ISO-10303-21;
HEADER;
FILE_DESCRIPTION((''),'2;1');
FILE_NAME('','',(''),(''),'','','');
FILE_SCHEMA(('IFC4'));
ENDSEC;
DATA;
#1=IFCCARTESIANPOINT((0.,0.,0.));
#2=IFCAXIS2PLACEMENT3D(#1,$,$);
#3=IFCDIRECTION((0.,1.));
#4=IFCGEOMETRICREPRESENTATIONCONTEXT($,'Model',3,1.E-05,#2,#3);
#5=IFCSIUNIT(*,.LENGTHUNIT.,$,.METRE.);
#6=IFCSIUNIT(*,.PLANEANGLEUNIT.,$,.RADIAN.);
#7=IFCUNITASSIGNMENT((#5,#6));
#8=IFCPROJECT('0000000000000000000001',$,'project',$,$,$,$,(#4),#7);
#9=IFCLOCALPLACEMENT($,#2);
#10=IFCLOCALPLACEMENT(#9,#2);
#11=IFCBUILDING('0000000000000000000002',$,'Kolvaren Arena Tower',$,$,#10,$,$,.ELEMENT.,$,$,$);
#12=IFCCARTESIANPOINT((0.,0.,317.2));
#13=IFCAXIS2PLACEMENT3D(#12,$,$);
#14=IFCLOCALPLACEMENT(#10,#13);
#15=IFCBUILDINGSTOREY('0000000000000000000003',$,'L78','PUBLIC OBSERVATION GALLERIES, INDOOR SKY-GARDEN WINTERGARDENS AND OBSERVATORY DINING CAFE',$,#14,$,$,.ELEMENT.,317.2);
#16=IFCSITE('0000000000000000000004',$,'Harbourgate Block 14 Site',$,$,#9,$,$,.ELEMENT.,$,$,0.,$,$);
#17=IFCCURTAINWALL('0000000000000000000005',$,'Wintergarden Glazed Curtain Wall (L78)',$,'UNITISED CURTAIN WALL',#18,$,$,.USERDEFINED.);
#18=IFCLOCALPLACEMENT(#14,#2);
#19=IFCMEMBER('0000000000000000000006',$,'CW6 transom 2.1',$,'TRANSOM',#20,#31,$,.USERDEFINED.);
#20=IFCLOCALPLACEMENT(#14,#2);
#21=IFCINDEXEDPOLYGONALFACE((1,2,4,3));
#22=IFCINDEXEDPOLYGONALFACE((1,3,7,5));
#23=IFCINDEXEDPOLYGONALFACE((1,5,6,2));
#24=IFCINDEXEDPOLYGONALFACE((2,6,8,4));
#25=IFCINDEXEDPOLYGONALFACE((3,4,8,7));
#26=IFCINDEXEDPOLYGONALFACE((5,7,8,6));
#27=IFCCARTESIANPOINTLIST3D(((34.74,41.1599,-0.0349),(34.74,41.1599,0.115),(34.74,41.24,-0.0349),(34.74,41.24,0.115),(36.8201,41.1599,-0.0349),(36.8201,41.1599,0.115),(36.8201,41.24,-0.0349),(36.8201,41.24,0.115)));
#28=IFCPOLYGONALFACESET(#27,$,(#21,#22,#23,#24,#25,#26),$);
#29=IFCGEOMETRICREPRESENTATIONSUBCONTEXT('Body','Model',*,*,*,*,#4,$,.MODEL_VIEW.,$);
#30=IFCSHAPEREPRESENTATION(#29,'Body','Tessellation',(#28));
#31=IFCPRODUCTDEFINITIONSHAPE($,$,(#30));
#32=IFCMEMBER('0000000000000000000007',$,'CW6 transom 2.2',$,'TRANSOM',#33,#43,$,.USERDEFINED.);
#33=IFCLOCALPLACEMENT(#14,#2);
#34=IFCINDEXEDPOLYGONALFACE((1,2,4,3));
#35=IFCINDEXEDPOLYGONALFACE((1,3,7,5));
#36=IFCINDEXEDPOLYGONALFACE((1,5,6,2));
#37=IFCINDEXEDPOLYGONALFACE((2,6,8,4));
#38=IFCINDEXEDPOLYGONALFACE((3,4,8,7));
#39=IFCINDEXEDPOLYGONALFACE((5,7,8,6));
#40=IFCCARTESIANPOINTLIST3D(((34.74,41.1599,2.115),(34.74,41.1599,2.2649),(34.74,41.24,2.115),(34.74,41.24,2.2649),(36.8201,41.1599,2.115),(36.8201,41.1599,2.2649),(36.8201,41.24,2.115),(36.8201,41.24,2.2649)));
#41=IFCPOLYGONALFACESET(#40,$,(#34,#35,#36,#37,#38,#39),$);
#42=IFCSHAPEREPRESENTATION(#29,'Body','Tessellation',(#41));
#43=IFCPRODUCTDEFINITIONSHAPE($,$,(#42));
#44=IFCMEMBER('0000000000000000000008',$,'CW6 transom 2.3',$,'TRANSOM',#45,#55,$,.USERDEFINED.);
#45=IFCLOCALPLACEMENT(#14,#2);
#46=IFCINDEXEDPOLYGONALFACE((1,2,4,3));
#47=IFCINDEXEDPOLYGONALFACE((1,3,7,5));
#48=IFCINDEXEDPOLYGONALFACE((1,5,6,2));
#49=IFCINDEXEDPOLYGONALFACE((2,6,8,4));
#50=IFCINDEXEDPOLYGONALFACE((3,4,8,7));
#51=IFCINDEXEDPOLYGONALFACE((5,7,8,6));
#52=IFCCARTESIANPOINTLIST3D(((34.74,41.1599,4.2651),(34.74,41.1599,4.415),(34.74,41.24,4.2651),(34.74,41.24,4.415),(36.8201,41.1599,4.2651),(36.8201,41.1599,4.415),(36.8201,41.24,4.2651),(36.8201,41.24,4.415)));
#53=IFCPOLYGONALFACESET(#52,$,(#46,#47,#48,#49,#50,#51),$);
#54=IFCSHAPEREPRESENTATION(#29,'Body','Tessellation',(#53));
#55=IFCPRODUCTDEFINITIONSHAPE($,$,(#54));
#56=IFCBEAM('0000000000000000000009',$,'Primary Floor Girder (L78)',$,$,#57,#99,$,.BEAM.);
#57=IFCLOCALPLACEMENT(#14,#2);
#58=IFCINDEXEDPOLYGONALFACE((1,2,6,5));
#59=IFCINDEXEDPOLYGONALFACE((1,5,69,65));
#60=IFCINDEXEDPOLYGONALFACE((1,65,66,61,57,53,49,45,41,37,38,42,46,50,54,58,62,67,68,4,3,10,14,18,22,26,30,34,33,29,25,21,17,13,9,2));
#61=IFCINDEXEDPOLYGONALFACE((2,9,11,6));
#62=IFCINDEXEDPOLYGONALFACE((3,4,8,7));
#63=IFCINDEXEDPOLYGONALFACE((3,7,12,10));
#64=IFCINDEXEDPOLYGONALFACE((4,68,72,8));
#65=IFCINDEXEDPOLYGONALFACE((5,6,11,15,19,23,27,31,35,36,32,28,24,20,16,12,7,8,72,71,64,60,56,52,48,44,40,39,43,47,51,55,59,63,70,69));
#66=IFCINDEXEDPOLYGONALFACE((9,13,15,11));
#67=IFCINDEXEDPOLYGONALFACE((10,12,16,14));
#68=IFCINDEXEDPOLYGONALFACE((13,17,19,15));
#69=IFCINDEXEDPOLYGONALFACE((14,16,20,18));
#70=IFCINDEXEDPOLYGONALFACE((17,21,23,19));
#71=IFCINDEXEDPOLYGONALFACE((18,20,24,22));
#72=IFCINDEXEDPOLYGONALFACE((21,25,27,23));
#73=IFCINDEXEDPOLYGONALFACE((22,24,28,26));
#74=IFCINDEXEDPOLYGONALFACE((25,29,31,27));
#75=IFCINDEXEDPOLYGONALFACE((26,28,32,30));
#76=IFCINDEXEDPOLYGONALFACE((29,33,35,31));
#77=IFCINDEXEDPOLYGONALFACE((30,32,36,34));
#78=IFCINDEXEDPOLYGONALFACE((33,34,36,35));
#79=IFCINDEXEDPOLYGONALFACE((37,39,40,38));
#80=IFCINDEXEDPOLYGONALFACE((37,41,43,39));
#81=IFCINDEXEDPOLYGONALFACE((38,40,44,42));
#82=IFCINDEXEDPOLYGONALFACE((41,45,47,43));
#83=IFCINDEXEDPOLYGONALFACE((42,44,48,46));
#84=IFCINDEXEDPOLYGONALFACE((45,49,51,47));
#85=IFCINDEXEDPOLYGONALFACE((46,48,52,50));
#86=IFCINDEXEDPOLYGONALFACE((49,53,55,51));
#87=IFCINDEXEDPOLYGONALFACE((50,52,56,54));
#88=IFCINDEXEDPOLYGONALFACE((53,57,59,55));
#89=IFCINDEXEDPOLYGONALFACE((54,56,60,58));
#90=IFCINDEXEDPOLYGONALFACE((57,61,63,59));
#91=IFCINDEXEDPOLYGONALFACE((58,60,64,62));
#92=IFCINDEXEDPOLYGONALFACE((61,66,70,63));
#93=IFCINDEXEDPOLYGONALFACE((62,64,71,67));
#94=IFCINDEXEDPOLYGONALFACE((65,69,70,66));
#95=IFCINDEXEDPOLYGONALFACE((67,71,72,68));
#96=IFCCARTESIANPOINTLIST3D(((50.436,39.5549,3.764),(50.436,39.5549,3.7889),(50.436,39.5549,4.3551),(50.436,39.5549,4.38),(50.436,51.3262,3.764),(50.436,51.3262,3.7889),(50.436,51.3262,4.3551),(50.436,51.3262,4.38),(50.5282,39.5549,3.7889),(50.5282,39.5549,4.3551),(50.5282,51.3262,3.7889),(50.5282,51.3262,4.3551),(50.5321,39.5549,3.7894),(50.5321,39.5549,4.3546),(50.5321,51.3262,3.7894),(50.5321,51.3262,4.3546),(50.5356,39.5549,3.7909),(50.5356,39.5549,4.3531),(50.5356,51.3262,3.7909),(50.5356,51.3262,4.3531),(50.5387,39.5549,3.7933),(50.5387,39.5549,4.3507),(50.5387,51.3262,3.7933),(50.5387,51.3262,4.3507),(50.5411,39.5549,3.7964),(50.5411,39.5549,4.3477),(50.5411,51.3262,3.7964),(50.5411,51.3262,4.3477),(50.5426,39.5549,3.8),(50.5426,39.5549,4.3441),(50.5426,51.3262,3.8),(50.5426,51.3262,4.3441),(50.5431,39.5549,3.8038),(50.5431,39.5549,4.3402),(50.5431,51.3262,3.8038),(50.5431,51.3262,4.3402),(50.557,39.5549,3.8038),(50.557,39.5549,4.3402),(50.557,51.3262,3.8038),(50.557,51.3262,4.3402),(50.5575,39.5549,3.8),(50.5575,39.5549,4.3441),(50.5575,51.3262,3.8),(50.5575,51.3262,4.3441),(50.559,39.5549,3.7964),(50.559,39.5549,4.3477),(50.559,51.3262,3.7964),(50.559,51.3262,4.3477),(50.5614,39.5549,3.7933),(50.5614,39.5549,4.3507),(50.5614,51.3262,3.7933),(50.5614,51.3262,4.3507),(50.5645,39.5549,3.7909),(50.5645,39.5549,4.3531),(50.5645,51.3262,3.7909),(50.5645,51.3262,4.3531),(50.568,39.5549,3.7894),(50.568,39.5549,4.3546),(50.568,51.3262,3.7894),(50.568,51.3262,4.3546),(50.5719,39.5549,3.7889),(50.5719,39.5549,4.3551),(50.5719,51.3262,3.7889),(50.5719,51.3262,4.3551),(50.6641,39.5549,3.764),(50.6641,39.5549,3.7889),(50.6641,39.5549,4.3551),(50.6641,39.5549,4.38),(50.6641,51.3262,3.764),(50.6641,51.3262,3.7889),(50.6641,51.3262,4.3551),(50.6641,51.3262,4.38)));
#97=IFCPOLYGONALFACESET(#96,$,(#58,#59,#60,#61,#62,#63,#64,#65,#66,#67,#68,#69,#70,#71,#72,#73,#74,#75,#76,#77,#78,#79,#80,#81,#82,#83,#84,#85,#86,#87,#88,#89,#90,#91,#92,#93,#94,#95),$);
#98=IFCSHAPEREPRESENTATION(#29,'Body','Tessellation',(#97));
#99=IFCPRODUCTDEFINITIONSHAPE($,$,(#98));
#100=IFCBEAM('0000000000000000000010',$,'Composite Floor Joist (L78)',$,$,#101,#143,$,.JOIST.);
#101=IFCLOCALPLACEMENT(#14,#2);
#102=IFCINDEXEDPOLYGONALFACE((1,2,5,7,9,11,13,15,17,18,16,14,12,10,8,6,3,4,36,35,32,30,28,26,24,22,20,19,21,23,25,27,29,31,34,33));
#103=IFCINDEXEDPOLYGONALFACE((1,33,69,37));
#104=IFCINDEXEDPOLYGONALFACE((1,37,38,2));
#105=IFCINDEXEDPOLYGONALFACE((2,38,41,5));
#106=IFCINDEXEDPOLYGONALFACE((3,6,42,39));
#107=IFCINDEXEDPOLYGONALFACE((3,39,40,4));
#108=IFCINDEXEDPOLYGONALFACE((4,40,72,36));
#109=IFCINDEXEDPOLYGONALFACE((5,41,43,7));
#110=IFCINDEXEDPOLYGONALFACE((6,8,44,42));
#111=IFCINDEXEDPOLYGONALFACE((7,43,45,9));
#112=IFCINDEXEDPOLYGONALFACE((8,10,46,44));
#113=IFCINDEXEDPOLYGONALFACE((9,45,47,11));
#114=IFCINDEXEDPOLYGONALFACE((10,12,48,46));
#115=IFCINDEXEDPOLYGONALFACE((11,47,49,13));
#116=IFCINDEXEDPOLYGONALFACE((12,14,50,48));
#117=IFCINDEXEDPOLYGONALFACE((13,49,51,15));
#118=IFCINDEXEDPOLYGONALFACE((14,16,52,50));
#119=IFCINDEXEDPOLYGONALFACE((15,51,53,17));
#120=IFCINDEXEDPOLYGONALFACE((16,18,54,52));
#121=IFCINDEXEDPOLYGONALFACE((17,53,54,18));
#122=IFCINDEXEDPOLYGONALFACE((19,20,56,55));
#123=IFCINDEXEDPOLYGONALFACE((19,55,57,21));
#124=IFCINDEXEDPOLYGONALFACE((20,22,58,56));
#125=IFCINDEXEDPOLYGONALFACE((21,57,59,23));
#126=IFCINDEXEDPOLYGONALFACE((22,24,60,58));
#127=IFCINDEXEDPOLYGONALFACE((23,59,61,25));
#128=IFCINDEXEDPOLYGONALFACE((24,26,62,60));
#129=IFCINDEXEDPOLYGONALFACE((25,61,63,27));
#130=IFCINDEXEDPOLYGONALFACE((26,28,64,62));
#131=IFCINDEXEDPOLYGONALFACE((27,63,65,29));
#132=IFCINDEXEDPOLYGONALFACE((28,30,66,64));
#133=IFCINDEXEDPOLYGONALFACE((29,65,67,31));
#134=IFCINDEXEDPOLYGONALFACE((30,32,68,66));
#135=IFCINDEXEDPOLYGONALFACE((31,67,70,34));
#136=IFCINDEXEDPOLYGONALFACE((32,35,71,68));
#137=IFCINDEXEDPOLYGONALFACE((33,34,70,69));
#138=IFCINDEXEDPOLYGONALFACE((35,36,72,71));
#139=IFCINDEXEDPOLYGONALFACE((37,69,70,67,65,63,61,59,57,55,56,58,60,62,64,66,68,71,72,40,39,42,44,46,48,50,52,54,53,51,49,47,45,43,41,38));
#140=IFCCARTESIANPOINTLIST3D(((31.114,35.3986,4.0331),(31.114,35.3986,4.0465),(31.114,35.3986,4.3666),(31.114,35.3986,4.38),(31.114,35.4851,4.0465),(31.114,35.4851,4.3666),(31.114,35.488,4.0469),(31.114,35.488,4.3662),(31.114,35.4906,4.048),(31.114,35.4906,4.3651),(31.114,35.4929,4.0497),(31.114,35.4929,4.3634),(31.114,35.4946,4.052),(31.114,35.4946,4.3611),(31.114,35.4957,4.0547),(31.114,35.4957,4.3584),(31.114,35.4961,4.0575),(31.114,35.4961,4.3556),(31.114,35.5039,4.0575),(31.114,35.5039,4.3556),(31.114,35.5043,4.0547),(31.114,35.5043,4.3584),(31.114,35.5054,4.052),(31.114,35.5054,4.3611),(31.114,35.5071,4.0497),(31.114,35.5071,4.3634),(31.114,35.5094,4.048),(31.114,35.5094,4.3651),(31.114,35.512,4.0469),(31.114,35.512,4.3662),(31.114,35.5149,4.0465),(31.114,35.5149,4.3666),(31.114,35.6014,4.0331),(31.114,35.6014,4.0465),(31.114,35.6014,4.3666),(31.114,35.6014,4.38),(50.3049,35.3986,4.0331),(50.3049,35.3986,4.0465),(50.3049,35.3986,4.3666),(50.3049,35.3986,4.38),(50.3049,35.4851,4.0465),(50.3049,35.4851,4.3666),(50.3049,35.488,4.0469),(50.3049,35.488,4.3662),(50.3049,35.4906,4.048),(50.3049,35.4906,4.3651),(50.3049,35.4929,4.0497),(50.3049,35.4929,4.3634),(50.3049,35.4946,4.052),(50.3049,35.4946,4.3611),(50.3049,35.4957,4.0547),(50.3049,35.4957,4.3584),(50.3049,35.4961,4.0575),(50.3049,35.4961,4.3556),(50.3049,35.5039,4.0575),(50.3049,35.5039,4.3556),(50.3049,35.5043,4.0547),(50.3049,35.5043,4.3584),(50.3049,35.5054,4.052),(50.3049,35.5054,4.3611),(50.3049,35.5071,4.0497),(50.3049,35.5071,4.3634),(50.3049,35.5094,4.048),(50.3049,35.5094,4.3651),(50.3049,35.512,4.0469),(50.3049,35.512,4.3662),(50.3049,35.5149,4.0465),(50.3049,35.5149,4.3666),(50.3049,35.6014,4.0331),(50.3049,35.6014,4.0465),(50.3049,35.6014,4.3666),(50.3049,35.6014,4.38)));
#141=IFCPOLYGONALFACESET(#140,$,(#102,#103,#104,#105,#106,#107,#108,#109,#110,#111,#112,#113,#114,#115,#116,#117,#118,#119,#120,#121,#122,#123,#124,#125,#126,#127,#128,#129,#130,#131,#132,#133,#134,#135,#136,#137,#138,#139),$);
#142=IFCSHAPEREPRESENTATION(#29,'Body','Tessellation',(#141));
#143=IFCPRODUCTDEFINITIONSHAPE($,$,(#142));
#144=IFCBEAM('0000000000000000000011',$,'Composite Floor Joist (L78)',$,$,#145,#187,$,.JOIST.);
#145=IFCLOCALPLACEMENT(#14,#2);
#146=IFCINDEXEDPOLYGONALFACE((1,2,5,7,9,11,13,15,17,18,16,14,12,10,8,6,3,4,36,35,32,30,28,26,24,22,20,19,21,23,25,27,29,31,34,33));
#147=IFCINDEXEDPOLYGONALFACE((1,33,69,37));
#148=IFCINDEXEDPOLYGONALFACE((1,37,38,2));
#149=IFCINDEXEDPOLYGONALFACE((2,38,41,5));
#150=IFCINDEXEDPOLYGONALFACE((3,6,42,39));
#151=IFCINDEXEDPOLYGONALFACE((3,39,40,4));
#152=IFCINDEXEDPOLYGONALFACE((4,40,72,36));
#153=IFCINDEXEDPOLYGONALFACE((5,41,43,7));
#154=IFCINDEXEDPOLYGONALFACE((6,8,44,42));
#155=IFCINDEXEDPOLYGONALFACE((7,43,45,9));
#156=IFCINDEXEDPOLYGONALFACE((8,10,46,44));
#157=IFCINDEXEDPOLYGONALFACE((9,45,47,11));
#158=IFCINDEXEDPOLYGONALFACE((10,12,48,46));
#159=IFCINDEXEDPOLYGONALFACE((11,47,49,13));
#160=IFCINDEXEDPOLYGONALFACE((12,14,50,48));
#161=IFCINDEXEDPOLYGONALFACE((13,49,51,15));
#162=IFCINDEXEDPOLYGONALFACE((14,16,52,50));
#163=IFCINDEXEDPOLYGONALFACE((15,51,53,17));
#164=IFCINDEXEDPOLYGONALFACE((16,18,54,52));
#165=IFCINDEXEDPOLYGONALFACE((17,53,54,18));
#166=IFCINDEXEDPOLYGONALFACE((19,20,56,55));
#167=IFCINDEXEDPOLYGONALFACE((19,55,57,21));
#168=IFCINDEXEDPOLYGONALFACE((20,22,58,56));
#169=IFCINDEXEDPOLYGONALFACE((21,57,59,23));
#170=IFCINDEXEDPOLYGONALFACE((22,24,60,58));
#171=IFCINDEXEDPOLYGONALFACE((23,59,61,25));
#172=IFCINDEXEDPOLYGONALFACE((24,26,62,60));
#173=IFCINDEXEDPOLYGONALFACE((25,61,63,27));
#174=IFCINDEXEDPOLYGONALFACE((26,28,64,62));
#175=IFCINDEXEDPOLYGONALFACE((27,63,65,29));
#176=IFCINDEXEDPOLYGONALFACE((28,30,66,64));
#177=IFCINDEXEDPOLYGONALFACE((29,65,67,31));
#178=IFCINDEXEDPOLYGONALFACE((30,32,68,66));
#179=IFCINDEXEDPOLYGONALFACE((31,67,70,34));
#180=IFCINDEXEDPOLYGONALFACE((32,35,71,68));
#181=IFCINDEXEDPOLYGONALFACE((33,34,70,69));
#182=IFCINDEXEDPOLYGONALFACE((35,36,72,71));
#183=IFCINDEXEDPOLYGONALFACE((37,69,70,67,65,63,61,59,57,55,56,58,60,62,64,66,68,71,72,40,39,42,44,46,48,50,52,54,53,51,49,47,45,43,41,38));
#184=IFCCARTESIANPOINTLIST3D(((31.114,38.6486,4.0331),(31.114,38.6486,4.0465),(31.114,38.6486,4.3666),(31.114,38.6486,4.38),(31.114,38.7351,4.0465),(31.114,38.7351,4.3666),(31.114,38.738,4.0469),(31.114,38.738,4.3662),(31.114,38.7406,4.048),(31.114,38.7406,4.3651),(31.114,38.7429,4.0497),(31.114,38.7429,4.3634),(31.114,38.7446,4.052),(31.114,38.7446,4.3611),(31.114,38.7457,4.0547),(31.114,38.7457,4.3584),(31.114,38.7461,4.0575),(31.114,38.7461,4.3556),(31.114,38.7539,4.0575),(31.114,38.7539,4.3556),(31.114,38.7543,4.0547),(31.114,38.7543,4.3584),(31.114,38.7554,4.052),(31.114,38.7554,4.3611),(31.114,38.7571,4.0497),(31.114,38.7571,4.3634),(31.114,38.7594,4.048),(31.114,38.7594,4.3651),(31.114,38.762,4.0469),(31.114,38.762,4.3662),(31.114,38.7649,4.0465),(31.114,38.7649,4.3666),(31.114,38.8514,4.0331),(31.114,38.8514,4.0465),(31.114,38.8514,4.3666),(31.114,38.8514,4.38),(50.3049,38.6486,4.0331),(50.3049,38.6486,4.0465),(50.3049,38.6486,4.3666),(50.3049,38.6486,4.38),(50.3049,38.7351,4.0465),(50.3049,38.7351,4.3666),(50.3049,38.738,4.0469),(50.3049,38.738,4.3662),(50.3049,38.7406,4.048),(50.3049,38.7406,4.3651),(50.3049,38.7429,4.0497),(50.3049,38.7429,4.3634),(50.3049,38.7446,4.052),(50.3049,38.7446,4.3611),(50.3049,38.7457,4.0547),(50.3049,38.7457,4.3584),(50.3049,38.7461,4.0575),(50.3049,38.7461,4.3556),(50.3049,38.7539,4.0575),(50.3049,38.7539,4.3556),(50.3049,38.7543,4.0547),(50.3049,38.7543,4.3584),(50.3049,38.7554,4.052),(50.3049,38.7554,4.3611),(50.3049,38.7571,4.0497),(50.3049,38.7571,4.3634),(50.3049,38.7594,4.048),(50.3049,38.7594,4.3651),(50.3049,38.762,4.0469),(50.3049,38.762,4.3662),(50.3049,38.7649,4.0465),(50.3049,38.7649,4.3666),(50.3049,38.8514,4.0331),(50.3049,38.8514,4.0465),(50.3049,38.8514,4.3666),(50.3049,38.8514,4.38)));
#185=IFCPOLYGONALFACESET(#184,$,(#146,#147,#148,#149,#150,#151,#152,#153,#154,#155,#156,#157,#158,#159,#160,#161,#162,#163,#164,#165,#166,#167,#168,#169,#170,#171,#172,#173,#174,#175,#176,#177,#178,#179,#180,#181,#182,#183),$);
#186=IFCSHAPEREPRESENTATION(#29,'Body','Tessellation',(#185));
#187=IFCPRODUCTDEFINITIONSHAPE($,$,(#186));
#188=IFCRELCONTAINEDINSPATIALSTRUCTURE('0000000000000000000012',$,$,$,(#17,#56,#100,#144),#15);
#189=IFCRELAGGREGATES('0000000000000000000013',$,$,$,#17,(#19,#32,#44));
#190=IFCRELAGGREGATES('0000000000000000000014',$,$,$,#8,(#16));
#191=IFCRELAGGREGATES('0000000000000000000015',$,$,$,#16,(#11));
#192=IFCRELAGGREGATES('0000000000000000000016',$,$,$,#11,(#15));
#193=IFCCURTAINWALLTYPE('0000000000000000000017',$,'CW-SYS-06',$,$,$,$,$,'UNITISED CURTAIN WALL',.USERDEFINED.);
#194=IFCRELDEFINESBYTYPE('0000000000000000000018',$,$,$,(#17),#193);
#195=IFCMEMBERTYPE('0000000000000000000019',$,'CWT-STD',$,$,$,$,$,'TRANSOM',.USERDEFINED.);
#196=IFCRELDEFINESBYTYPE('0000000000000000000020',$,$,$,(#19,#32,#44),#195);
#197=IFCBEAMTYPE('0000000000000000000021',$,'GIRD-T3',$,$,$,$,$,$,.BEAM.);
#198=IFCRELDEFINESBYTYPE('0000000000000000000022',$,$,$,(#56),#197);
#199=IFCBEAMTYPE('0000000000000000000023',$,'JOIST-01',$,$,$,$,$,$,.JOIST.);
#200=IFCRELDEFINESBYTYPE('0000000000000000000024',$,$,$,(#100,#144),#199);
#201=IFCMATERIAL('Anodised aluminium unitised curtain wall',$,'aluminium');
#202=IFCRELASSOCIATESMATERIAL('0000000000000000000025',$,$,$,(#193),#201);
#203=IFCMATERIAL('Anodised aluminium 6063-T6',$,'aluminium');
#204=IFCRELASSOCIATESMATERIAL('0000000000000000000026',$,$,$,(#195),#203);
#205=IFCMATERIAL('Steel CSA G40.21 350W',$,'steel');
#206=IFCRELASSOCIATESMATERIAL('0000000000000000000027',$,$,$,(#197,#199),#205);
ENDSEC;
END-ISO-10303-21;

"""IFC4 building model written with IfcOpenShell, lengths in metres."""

from ifc_helpers import new_model, si_unit, direction, frame, origin, origin_2d, place, context, subcontext, project, spatial, rectangle, i_section, extrude, material, material_profile, profile_set, type_object, element, aggregate, save


model = new_model("IFC4")

# Units and contexts
model_context = context("Model", 3, precision=1e-05, world=origin(), true_north=direction((0.0, 1.0)))
body_context = subcontext(model_context, "Body", "Model", "MODEL_VIEW")
ifc_project = project(units=[si_unit("LENGTHUNIT", "METRE"), si_unit("PLANEANGLEUNIT", "RADIAN")], contexts=[model_context])

# Site, building, storey
site_placement = place(None, origin())
site = spatial("IfcSite", under=ifc_project, at=site_placement, Name="Harbourgate Block 14 Site", CompositionType="ELEMENT", RefElevation=0.0)
building_placement = place(site_placement, origin())
building = spatial("IfcBuilding", under=site, at=building_placement, Name="Kolvaren Arena Tower", CompositionType="ELEMENT")
storey_placement = place(building_placement, frame((0.0, 0.0, 317.2)))
storey = spatial("IfcBuildingStorey", under=building, at=storey_placement, Name="L78", Description="PUBLIC OBSERVATION GALLERIES, INDOOR SKY-GARDEN WINTERGARDENS AND OBSERVATORY DINING CAFE", CompositionType="ELEMENT", Elevation=317.2)

# Shared definitions
ifc_material_1 = material(Name="Steel CSA G40.21 350W", Category="steel")

# Curtain wall, members
ifc_material_2 = material(Name="Anodised aluminium unitised curtain wall", Category="aluminium")
curtain_wall_type = type_object("IfcCurtainWallType", Name="CW-SYS-06", ElementType="UNITISED CURTAIN WALL", PredefinedType="USERDEFINED", material=ifc_material_2)
curtain_wall_placement = place(storey_placement, origin())
curtain_wall = element("IfcCurtainWall", 1, at=curtain_wall_placement, inside=storey, type_object=curtain_wall_type, Name="Wintergarden Glazed Curtain Wall (L78)", ObjectType="UNITISED CURTAIN WALL", PredefinedType="USERDEFINED")
ifc_material_3 = material(Name="Anodised aluminium 6063-T6", Category="aluminium")
ifc_material_profile_1 = material_profile(ifc_material_3, rectangle(XDim=0.0801, YDim=0.1499, at=origin_2d()), Name="ALU-80x150")
ifc_profile_set_1 = profile_set([ifc_material_profile_1], Name="Anodised aluminium 6063-T6")
member_type_1 = type_object("IfcMemberType", Name="CWT-STD", ElementType="TRANSOM", PredefinedType="USERDEFINED", material=ifc_profile_set_1)
member_1_placement = place(storey_placement, frame((34.74, 41.2, 0.04), z_axis=(1.0, 0.0, 0.0), x_axis=(0.0, 1.0, 0.0)))
member_1 = element("IfcMember", 2, at=member_1_placement, type_object=member_type_1, Name="CW6 transom 2.1", ObjectType="TRANSOM", PredefinedType="USERDEFINED", context=body_context, shape_type="SweptSolid", body=[
    extrude(rectangle(XDim=0.0801, YDim=0.1499, at=origin_2d()), origin(), (0.0, 0.0, 1.0), 2.0801),
])
member_2_placement = place(storey_placement, frame((34.74, 41.2, 2.1899), z_axis=(1.0, 0.0, 0.0), x_axis=(0.0, 1.0, 0.0)))
member_2 = element("IfcMember", 3, at=member_2_placement, type_object=member_type_1, Name="CW6 transom 2.2", ObjectType="TRANSOM", PredefinedType="USERDEFINED", context=body_context, shape_type="SweptSolid", body=[
    extrude(rectangle(XDim=0.0801, YDim=0.1499, at=origin_2d()), origin(), (0.0, 0.0, 1.0), 2.0801),
])
member_3_placement = place(storey_placement, frame((34.74, 41.2, 4.3401), z_axis=(1.0, 0.0, 0.0), x_axis=(0.0, 1.0, 0.0)))
member_3 = element("IfcMember", 4, at=member_3_placement, type_object=member_type_1, Name="CW6 transom 2.3", ObjectType="TRANSOM", PredefinedType="USERDEFINED", context=body_context, shape_type="SweptSolid", body=[
    extrude(rectangle(XDim=0.0801, YDim=0.1499, at=origin_2d()), origin(), (0.0, 0.0, 1.0), 2.0801),
])

# Beams
ifc_material_profile_2 = material_profile(ifc_material_1, i_section(OverallWidth=0.228, OverallDepth=0.616, WebThickness=0.0139, FlangeThickness=0.0249, FilletRadius=0.0149, at=origin_2d()), Name="W610x174")
ifc_profile_set_2 = profile_set([ifc_material_profile_2], Name="Steel CSA G40.21 350W")
beam_type_1 = type_object("IfcBeamType", Name="GIRD-T3", PredefinedType="BEAM", material=ifc_profile_set_2)
beam_1_placement = place(storey_placement, frame((50.55, 39.5549, 4.072), z_axis=(0.0, 1.0, 0.0), x_axis=(-1.0, 0.0, 0.0)))
element("IfcBeam", 5, at=beam_1_placement, inside=storey, type_object=beam_type_1, Name="Primary Floor Girder (L78)", PredefinedType="BEAM", context=body_context, shape_type="SweptSolid", body=[
    extrude(i_section(OverallWidth=0.228, OverallDepth=0.616, WebThickness=0.0139, FlangeThickness=0.0249, FilletRadius=0.0149, at=origin_2d()), origin(), (0.0, 0.0, 1.0), 11.7712),
])
ifc_material_profile_3 = material_profile(ifc_material_1, i_section(OverallWidth=0.2029, OverallDepth=0.3469, WebThickness=0.0078, FlangeThickness=0.0134, FilletRadius=0.011, at=origin_2d()), Name="W360x64")
ifc_profile_set_3 = profile_set([ifc_material_profile_3], Name="Steel CSA G40.21 350W")
beam_type_2 = type_object("IfcBeamType", Name="JOIST-01", PredefinedType="JOIST", material=ifc_profile_set_3)
for number, where, z_axis, x_axis, name in (
    (6, (31.114, 35.5, 4.2065), (1.0, 0.0, 0.0), (0.0, 1.0, 0.0), "Composite Floor Joist (L78)"),
    (7, (31.114, 38.75, 4.2065), (1.0, 0.0, 0.0), (0.0, 1.0, 0.0), "Composite Floor Joist (L78)"),
):
    element("IfcBeam", number, at=place(storey_placement, frame(where, z_axis=z_axis, x_axis=x_axis)), inside=storey, type_object=beam_type_2, Name=name, PredefinedType="JOIST", context=body_context, shape_type="SweptSolid", body=[
        extrude(i_section(OverallWidth=0.2029, OverallDepth=0.3469, WebThickness=0.0078, FlangeThickness=0.0134, FilletRadius=0.011, at=origin_2d()), origin(), (0.0, 0.0, 1.0), 19.1909),
    ])

aggregate(curtain_wall, [member_1, member_2, member_3])

save(model, "model.ifc")
